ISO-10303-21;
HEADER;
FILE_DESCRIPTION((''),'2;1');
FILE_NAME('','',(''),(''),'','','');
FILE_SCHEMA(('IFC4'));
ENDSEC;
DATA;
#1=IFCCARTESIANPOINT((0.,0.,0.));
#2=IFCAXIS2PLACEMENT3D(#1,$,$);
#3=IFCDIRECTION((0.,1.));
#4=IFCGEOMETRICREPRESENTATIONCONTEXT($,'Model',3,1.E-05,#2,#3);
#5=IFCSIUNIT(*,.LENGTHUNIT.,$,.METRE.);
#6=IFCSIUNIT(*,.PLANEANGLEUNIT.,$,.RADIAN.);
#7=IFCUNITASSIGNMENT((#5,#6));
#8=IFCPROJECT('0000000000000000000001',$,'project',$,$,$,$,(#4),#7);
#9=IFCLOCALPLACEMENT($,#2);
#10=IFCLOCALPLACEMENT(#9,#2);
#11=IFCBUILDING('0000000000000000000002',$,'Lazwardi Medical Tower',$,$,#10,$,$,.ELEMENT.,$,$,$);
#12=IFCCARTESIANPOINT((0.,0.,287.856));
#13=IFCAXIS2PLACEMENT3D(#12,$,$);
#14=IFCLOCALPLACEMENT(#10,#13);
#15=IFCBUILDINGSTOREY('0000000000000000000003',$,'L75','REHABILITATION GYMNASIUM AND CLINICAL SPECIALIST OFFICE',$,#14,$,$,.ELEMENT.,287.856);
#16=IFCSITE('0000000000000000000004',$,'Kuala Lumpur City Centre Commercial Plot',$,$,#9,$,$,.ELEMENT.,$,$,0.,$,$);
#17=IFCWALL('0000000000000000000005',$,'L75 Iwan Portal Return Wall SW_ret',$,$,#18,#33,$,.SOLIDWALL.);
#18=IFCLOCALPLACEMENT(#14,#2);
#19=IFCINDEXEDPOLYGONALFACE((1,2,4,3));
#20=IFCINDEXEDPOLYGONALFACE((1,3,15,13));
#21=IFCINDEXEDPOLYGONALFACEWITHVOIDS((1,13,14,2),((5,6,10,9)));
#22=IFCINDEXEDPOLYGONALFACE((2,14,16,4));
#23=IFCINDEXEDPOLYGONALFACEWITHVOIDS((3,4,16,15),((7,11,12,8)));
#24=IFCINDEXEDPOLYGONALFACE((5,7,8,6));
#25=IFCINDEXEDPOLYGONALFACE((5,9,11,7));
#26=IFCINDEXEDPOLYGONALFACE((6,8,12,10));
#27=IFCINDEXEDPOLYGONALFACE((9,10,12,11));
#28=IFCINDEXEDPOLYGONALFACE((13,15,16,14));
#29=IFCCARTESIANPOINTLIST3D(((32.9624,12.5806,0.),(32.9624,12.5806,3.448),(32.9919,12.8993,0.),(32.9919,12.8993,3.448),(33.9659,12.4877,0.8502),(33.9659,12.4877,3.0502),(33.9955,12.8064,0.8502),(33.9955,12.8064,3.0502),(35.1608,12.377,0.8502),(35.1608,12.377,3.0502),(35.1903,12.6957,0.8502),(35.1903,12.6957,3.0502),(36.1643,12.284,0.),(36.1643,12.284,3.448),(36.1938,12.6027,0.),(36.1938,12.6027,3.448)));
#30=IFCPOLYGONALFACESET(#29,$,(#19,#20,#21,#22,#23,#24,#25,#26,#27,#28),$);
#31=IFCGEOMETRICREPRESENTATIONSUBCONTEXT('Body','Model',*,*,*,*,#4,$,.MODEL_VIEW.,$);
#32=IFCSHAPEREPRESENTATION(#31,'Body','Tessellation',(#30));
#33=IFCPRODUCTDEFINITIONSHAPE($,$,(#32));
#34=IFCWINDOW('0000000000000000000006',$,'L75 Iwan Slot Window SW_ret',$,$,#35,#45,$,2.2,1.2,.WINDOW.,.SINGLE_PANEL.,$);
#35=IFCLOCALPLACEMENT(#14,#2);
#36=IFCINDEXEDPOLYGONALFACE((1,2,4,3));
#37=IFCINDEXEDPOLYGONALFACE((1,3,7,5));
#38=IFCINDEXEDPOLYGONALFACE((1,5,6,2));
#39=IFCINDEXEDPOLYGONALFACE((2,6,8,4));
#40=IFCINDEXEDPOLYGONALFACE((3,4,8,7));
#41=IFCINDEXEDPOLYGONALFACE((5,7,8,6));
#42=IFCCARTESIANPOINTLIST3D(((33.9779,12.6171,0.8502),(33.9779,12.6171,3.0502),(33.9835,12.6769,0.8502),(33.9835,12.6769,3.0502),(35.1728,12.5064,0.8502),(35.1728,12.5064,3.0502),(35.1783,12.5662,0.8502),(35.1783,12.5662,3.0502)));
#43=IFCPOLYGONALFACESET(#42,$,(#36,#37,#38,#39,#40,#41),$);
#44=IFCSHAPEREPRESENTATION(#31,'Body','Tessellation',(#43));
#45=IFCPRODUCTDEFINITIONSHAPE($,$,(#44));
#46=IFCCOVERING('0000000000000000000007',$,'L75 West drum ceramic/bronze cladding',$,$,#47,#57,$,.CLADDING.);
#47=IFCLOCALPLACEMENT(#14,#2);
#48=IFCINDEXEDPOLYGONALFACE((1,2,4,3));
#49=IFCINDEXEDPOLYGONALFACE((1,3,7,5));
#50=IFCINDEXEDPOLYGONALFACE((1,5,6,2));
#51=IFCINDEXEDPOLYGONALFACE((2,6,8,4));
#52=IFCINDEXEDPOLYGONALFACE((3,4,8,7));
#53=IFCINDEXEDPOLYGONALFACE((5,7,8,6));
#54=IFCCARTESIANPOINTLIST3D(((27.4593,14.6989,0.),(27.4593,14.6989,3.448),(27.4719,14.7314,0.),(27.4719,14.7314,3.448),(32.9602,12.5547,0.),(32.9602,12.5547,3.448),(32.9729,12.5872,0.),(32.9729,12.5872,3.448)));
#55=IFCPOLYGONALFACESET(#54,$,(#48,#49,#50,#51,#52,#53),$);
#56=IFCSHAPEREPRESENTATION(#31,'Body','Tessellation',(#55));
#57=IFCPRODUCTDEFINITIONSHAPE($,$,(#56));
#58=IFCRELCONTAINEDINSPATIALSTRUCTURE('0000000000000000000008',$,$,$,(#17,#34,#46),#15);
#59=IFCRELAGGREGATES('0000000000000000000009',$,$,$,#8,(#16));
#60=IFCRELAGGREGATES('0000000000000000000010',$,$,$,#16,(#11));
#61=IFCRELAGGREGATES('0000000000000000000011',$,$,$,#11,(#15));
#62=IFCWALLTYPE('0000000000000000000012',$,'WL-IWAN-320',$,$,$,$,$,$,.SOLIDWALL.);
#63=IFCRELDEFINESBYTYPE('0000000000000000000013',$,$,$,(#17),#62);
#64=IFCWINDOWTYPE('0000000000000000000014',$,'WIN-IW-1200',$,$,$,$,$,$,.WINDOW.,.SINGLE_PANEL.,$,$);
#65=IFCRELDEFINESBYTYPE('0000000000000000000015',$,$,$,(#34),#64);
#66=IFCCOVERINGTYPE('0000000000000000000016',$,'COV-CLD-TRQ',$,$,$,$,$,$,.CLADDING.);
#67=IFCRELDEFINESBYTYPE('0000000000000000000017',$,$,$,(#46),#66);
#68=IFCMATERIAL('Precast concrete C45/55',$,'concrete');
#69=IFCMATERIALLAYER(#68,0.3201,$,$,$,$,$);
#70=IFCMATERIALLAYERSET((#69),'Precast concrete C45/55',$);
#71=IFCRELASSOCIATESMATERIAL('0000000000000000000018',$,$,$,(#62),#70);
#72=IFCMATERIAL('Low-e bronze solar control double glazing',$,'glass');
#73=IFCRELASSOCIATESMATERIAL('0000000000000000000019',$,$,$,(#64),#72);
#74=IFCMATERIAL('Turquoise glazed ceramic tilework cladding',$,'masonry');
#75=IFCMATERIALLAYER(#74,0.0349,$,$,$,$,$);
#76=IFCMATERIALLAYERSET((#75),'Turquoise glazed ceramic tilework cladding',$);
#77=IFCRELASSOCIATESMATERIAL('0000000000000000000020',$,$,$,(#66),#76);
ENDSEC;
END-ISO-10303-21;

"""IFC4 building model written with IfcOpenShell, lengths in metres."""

from ifc_helpers import new_model, si_unit, direction, frame, frame_2d, origin, origin_2d, place, context, subcontext, project, spatial, rectangle, extrude, material, layer, layer_set, type_object, element, fill, save


model = new_model("IFC4")

# Units and contexts
model_context = context("Model", 3, precision=1e-05, world=origin(), true_north=direction((0.0, 1.0)))
body_context = subcontext(model_context, "Body", "Model", "MODEL_VIEW")
ifc_project = project(units=[si_unit("LENGTHUNIT", "METRE"), si_unit("PLANEANGLEUNIT", "RADIAN")], contexts=[model_context])

# Site, building, storey
site_placement = place(None, origin())
site = spatial("IfcSite", under=ifc_project, at=site_placement, Name="Kuala Lumpur City Centre Commercial Plot", CompositionType="ELEMENT", RefElevation=0.0)
building_placement = place(site_placement, origin())
building = spatial("IfcBuilding", under=site, at=building_placement, Name="Lazwardi Medical Tower", CompositionType="ELEMENT")
storey_placement = place(building_placement, frame((0.0, 0.0, 287.856)))
storey = spatial("IfcBuildingStorey", under=building, at=storey_placement, Name="L75", Description="REHABILITATION GYMNASIUM AND CLINICAL SPECIALIST OFFICE", CompositionType="ELEMENT", Elevation=287.856)

# Wall, opening, window
ifc_material_1 = material(Name="Precast concrete C45/55", Category="concrete")
ifc_material_2 = material(Name="Low-e bronze solar control double glazing", Category="glass")
ifc_layer_1 = layer(ifc_material_1, 0.3201)
ifc_layer_set_1 = layer_set([ifc_layer_1], Name="Precast concrete C45/55")
wall_type_1 = type_object("IfcWallType", Name="WL-IWAN-320", PredefinedType="SOLIDWALL", material=ifc_layer_set_1)
wall_1_placement = place(storey_placement, frame((32.9771, 12.74, 0.0), z_axis=(0.0, 0.0, 1.0), x_axis=(0.995736, -0.092247, 0.0)))
wall_1 = element("IfcWall", 1, at=wall_1_placement, inside=storey, type_object=wall_type_1, Name="L75 Iwan Portal Return Wall SW_ret", PredefinedType="SOLIDWALL", context=body_context, shape_type="SweptSolid", body=[
    extrude(rectangle(XDim=3.2156, YDim=0.3201, at=frame_2d((1.6079, 0.0))), origin(), (0.0, 0.0, 1.0), 3.448),
])
opening_1_placement = place(wall_1_placement, frame((1.0078, 0.0, 0.8501)))
opening_1 = element("IfcOpeningElement", 2, at=opening_1_placement, cuts=wall_1, PredefinedType="OPENING", context=body_context, shape_type="SweptSolid", body=[
    extrude(rectangle(XDim=1.2, YDim=2.2, at=frame_2d((0.6001, 1.1001))), frame((0.0, 0.1699, 0.0), z_axis=(0.0, -1.0, 0.0), x_axis=(1.0, 0.0, 0.0)), (0.0, 0.0, 1.0), 0.3401),
])
window_type_1 = type_object("IfcWindowType", Name="WIN-IW-1200", PartitioningType="SINGLE_PANEL", PredefinedType="WINDOW", material=ifc_material_2)
window_1_placement = place(opening_1_placement, origin())
window_1 = element("IfcWindow", 3, at=window_1_placement, inside=storey, type_object=window_type_1, Name="L75 Iwan Slot Window SW_ret", OverallHeight=2.2, OverallWidth=1.2, PartitioningType="SINGLE_PANEL", PredefinedType="WINDOW", context=body_context, shape_type="SweptSolid", body=[
    extrude(rectangle(XDim=1.2, YDim=2.2, at=frame_2d((0.6001, 1.1001))), frame((0.0, 0.03, 0.0), z_axis=(0.0, -1.0, 0.0), x_axis=(1.0, 0.0, 0.0)), (0.0, 0.0, 1.0), 0.0601),
])
fill(opening_1, window_1)

# Covering
ifc_material_3 = material(Name="Turquoise glazed ceramic tilework cladding", Category="masonry")
ifc_layer_2 = layer(ifc_material_3, 0.0349)
ifc_layer_set_2 = layer_set([ifc_layer_2], Name="Turquoise glazed ceramic tilework cladding")
covering_type = type_object("IfcCoveringType", Name="COV-CLD-TRQ", PredefinedType="CLADDING", material=ifc_layer_set_2)
covering_placement = place(storey_placement, frame((30.2161, 13.6431, 0.0), z_axis=(0.0, 0.0, 1.0), x_axis=(0.93172, -0.363176, 0.0)))
element("IfcCovering", 4, at=covering_placement, inside=storey, type_object=covering_type, Name="L75 West drum ceramic/bronze cladding", PredefinedType="CLADDING", context=body_context, shape_type="SweptSolid", body=[
    extrude(rectangle(XDim=5.9041, YDim=0.0349, at=origin_2d()), origin(), (0.0, 0.0, 1.0), 3.448),
])

save(model, "model.ifc")
